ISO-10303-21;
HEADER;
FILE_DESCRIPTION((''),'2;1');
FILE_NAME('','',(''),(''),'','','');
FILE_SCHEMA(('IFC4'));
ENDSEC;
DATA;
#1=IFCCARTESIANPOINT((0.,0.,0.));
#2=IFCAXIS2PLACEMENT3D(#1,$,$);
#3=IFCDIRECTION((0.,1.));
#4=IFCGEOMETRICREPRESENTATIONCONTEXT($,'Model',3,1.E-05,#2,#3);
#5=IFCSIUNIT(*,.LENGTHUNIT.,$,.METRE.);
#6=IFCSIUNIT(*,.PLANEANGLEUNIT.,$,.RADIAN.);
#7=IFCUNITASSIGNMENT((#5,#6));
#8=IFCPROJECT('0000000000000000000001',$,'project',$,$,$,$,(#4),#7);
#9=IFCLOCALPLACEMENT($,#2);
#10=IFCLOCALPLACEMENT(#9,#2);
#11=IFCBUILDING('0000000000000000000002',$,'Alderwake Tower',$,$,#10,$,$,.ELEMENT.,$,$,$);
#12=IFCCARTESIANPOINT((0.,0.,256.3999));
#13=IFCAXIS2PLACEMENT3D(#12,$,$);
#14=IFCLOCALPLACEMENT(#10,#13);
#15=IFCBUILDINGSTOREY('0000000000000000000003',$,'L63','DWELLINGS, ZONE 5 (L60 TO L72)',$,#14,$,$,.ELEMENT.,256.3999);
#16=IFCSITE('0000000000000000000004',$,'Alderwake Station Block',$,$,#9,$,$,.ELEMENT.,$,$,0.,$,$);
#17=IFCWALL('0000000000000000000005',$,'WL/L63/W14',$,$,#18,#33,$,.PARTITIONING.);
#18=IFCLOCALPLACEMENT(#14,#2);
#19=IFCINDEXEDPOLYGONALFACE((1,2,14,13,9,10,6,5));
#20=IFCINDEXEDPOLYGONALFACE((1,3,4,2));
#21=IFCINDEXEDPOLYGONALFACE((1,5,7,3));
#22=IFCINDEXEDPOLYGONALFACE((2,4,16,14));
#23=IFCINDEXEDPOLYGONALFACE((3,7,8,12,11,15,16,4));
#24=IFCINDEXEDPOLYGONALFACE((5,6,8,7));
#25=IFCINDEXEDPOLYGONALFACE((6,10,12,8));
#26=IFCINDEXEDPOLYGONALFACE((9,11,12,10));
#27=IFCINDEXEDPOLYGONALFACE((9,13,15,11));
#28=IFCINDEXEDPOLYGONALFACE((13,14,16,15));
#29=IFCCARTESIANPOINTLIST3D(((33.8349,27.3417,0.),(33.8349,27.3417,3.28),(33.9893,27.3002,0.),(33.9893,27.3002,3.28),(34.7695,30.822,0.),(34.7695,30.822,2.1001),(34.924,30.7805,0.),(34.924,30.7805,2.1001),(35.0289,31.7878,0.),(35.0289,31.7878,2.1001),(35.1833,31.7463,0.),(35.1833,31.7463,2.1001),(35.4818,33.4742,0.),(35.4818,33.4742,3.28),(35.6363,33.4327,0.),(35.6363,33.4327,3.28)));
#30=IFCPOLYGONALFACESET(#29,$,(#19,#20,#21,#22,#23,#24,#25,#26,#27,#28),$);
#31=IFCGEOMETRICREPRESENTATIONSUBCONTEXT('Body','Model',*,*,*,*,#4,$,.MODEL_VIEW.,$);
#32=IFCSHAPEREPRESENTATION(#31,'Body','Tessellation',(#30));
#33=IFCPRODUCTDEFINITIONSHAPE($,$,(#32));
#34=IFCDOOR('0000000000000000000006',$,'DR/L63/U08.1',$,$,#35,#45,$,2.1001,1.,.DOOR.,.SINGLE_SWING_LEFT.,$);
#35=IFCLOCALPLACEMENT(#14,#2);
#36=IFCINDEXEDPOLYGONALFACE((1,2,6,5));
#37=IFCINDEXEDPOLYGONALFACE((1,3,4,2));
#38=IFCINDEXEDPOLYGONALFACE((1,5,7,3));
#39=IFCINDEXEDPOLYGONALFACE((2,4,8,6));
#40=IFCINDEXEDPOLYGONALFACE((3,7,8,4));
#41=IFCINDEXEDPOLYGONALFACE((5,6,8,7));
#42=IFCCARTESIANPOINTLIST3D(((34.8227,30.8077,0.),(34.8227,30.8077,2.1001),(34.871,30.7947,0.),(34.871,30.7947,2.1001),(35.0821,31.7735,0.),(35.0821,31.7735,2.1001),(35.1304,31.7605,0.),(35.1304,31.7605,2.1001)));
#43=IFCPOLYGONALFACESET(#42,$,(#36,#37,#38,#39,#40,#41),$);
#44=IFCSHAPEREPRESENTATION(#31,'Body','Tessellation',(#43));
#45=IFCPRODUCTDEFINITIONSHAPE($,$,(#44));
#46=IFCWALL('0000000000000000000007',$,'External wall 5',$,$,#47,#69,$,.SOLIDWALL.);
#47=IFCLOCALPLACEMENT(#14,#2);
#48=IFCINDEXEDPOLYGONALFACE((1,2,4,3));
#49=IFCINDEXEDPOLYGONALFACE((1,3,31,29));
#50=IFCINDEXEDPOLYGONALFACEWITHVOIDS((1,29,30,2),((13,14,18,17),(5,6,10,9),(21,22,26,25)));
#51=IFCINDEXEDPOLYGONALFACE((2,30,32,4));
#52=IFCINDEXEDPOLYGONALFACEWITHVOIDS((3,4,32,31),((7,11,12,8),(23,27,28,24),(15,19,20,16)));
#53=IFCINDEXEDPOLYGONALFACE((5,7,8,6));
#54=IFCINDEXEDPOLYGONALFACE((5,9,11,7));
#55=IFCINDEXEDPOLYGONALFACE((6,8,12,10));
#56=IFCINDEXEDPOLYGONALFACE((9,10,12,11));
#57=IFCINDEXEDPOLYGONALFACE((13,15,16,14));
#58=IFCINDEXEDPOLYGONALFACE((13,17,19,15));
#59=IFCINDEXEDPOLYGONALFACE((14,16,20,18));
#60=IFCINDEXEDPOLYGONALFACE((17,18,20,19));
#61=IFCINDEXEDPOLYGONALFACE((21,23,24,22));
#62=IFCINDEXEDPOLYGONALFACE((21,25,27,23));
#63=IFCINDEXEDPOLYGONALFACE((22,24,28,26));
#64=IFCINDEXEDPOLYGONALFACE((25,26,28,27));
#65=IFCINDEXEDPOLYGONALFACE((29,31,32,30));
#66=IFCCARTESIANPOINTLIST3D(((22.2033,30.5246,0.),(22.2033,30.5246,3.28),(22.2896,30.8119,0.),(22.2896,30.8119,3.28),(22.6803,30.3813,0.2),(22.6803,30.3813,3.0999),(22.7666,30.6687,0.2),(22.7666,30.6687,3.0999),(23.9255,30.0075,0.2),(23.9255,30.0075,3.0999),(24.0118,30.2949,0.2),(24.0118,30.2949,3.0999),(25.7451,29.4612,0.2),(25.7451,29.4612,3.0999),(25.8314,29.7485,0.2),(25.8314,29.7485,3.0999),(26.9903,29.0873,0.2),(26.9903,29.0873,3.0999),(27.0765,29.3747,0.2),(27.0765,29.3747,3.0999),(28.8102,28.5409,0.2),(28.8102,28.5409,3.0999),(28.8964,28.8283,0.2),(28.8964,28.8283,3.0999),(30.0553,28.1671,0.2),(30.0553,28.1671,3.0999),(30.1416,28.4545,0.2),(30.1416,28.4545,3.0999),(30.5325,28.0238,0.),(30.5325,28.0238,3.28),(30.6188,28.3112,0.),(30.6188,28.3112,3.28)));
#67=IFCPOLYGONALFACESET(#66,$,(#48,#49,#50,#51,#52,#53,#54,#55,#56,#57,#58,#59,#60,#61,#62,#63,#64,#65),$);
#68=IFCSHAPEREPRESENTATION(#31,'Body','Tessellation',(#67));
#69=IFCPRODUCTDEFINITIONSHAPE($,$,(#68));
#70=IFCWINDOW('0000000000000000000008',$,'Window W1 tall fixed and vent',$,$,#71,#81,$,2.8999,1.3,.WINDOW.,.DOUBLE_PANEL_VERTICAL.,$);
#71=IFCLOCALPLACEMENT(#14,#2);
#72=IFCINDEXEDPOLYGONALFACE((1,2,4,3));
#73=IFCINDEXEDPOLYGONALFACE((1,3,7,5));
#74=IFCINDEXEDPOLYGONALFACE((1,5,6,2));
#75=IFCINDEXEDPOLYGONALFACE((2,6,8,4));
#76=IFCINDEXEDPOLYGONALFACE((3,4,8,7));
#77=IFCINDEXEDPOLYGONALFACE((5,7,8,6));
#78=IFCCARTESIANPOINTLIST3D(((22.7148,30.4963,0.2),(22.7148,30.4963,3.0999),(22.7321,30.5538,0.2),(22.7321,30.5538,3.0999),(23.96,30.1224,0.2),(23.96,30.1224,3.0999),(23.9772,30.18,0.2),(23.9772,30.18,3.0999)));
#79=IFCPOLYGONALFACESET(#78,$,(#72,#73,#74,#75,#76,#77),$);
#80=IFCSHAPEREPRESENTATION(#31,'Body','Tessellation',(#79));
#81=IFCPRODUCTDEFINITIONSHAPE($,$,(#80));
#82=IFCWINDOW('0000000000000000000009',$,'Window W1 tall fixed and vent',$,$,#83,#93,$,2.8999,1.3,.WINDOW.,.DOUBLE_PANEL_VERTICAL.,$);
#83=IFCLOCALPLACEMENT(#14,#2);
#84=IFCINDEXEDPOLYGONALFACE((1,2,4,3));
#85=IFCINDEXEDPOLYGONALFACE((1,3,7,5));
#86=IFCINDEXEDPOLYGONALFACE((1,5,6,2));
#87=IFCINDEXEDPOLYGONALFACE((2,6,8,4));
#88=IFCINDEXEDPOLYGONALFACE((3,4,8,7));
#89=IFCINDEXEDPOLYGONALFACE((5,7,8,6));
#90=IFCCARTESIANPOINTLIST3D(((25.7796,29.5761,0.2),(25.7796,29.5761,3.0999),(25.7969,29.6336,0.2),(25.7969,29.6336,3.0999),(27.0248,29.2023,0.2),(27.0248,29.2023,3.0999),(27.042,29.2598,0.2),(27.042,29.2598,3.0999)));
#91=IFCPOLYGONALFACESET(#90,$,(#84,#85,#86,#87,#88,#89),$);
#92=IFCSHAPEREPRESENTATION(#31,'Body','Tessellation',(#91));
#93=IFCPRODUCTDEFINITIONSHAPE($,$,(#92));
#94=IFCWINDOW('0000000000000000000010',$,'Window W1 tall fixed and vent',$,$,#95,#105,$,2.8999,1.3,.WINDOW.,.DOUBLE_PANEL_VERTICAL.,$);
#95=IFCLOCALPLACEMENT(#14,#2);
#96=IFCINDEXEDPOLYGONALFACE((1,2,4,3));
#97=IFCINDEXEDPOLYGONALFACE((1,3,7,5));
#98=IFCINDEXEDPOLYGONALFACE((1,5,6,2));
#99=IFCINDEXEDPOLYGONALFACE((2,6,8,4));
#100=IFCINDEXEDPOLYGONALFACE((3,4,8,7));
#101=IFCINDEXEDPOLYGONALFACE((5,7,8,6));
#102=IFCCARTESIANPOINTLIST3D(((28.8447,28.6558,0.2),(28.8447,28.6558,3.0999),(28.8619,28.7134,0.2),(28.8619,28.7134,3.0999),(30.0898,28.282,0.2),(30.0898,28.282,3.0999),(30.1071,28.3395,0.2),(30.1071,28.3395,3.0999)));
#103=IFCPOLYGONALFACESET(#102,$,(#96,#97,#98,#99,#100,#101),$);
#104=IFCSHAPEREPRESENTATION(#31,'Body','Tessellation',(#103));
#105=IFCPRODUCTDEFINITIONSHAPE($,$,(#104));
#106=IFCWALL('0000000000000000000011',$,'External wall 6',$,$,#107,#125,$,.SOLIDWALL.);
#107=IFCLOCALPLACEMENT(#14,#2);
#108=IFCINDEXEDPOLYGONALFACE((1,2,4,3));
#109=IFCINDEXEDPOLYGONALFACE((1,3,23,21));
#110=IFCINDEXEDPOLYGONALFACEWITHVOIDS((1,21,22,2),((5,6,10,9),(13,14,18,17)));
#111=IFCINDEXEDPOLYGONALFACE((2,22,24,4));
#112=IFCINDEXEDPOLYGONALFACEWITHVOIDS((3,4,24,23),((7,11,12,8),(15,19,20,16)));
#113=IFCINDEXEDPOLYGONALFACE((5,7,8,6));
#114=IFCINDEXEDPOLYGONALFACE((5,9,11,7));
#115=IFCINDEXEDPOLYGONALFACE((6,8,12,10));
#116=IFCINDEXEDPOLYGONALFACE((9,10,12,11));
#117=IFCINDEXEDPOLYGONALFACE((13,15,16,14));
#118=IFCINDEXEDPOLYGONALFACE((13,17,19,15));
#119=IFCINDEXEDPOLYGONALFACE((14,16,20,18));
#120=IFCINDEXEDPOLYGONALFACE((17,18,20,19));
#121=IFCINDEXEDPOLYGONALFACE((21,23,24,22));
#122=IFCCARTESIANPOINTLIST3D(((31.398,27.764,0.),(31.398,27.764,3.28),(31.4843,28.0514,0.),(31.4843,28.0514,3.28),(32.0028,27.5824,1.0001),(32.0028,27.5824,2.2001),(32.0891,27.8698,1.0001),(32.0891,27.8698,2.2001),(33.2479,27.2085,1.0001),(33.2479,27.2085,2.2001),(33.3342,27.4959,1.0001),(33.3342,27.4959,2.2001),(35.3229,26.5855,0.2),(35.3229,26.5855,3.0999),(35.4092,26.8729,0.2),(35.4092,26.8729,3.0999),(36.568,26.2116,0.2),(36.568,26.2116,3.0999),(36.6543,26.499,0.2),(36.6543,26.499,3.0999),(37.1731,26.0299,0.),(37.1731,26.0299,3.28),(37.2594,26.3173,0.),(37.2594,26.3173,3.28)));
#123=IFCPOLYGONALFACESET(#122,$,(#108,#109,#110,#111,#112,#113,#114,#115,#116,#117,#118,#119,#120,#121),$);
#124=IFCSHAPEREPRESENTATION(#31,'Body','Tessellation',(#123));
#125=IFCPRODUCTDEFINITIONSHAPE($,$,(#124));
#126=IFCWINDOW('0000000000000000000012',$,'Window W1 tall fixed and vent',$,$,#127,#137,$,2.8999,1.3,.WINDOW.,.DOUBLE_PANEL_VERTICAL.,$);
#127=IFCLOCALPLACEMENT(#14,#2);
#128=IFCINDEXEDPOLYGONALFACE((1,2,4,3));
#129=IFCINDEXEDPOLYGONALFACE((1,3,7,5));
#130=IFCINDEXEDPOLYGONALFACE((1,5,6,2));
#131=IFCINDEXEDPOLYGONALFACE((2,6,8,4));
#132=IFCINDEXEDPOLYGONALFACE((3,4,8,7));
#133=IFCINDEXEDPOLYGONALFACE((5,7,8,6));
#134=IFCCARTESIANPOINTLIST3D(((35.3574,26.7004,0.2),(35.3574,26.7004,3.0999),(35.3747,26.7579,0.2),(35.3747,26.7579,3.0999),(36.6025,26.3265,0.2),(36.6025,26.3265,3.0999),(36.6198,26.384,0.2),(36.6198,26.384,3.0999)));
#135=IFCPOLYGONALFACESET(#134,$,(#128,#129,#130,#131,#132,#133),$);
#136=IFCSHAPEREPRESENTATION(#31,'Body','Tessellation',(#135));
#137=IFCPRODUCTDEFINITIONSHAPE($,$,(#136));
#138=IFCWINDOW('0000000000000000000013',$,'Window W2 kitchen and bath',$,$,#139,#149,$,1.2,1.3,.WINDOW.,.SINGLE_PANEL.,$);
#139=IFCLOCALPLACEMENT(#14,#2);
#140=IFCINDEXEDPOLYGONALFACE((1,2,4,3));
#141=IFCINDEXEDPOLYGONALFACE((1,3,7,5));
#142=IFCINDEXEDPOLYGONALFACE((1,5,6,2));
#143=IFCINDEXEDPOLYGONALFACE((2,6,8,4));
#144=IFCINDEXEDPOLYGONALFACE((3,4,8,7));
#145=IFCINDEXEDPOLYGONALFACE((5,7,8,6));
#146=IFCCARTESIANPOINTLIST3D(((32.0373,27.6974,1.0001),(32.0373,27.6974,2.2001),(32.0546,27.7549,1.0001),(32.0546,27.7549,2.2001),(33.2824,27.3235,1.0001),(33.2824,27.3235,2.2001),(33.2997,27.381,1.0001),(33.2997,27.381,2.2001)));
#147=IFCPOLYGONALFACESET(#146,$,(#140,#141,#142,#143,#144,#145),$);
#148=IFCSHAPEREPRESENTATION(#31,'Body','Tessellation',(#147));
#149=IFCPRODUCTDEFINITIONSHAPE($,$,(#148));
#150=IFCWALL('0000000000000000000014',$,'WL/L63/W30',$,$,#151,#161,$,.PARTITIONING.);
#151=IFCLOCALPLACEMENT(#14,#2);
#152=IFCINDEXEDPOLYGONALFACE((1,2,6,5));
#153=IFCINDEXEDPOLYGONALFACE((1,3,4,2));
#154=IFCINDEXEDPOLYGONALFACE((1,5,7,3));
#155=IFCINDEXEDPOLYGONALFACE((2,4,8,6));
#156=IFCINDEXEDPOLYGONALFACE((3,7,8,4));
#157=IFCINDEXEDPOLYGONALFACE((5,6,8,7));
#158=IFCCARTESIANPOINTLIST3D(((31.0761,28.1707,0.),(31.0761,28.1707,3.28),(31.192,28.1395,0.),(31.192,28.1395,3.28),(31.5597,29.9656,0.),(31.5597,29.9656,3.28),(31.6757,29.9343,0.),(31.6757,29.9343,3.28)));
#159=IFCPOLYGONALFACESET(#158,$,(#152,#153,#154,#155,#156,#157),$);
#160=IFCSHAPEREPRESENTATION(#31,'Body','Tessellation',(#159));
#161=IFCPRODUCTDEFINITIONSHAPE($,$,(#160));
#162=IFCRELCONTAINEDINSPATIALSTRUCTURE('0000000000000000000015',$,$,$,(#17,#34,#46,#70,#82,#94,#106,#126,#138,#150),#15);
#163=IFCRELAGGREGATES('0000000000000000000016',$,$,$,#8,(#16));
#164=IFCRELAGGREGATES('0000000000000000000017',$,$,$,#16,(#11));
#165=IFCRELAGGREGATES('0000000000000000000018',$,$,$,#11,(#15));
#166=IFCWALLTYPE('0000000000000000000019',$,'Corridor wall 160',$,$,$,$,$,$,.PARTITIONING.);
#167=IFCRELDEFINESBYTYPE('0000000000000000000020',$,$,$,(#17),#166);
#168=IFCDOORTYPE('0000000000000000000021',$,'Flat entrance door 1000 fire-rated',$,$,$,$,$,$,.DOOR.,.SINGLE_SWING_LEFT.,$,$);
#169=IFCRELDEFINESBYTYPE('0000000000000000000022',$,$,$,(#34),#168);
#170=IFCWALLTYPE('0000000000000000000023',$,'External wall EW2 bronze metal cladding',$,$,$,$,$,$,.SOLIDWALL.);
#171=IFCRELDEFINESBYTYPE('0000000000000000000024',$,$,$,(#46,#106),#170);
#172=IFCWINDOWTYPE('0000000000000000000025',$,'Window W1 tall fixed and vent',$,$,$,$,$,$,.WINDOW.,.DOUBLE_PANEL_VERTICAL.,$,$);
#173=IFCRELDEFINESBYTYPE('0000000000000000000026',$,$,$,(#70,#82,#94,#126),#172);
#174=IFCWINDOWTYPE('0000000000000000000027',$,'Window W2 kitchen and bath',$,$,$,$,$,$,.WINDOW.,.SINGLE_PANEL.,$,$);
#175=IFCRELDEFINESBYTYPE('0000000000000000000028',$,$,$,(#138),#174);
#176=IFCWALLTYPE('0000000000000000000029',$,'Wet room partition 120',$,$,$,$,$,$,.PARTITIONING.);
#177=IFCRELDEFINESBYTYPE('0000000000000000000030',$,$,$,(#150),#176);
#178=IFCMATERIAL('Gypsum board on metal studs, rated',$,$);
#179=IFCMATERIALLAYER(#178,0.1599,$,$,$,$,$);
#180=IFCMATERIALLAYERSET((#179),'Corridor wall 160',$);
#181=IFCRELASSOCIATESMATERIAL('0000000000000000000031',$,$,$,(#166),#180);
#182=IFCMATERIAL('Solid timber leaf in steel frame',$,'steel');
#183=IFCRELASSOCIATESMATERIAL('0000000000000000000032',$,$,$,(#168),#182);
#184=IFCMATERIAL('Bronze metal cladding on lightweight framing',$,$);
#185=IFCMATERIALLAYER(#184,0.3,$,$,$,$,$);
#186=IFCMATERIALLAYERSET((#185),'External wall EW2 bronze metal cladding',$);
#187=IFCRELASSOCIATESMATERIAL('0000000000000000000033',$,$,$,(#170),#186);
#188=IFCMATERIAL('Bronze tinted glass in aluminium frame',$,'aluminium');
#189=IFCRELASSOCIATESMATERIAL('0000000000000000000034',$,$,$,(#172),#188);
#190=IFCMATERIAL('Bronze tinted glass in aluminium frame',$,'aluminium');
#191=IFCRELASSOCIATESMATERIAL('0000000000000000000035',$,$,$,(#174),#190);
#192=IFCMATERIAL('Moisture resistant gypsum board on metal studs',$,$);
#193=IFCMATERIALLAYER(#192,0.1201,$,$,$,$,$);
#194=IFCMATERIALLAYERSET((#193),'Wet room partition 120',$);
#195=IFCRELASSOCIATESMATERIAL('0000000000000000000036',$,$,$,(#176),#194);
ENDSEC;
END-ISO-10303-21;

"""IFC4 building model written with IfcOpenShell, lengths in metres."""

from ifc_helpers import new_model, si_unit, direction, frame, frame_2d, origin, place, context, subcontext, project, spatial, rectangle, extrude, material, layer, layer_set, type_object, element, fill, save


model = new_model("IFC4")

# Units and contexts
model_context = context("Model", 3, precision=1e-05, world=origin(), true_north=direction((0.0, 1.0)))
body_context = subcontext(model_context, "Body", "Model", "MODEL_VIEW")
ifc_project = project(units=[si_unit("LENGTHUNIT", "METRE"), si_unit("PLANEANGLEUNIT", "RADIAN")], contexts=[model_context])

# Site, building, storey
site_placement = place(None, origin())
site = spatial("IfcSite", under=ifc_project, at=site_placement, Name="Alderwake Station Block", CompositionType="ELEMENT", RefElevation=0.0)
building_placement = place(site_placement, origin())
building = spatial("IfcBuilding", under=site, at=building_placement, Name="Alderwake Tower", CompositionType="ELEMENT")
storey_placement = place(building_placement, frame((0.0, 0.0, 256.3999)))
storey = spatial("IfcBuildingStorey", under=building, at=storey_placement, Name="L63", Description="DWELLINGS, ZONE 5 (L60 TO L72)", CompositionType="ELEMENT", Elevation=256.3999)

# Wall, opening, door
ifc_material_1 = material(Name="Gypsum board on metal studs, rated")
ifc_layer_1 = layer(ifc_material_1, 0.1599)
ifc_layer_set_1 = layer_set([ifc_layer_1], Name="Corridor wall 160")
wall_type_1 = type_object("IfcWallType", Name="Corridor wall 160", PredefinedType="PARTITIONING", material=ifc_layer_set_1)
wall_1_placement = place(storey_placement, frame((33.9121, 27.321, 0.0), z_axis=(0.0, 0.0, 1.0), x_axis=(0.259371, 0.965778, 0.0)))
wall_1 = element("IfcWall", 1, at=wall_1_placement, inside=storey, type_object=wall_type_1, Name="WL/L63/W14", PredefinedType="PARTITIONING", context=body_context, shape_type="SweptSolid", body=[
    extrude(rectangle(XDim=6.3499, YDim=0.1599, at=frame_2d((3.1748, 0.0))), origin(), (0.0, 0.0, 1.0), 3.28),
])
opening_1_placement = place(wall_1_placement, frame((3.6035, 0.0, 0.0)))
opening_1 = element("IfcOpeningElement", 2, at=opening_1_placement, cuts=wall_1, PredefinedType="OPENING", context=body_context, shape_type="SweptSolid", body=[
    extrude(rectangle(XDim=1.0, YDim=2.1001, at=frame_2d((0.5, 1.05))), frame((0.0, 0.0898, 0.0), z_axis=(0.0, -1.0, 0.0), x_axis=(1.0, 0.0, 0.0)), (0.0, 0.0, 1.0), 0.1799),
])
ifc_material_2 = material(Name="Solid timber leaf in steel frame", Category="steel")
door_type_1 = type_object("IfcDoorType", Name="Flat entrance door 1000 fire-rated", OperationType="SINGLE_SWING_LEFT", PredefinedType="DOOR", material=ifc_material_2)
door_1_placement = place(opening_1_placement, origin())
door_1 = element("IfcDoor", 3, at=door_1_placement, inside=storey, type_object=door_type_1, Name="DR/L63/U08.1", OperationType="SINGLE_SWING_LEFT", OverallHeight=2.1001, OverallWidth=1.0, PredefinedType="DOOR", context=body_context, shape_type="SweptSolid", body=[
    extrude(rectangle(XDim=1.0, YDim=2.1001, at=frame_2d((0.5, 1.05))), frame((0.0, 0.0249, 0.0), z_axis=(0.0, -1.0, 0.0), x_axis=(1.0, 0.0, 0.0)), (0.0, 0.0, 1.0), 0.05),
])
fill(opening_1, door_1)

# Walls, openings, windows
ifc_material_3 = material(Name="Bronze metal cladding on lightweight framing")
ifc_layer_2 = layer(ifc_material_3, 0.3)
ifc_layer_set_2 = layer_set([ifc_layer_2], Name="External wall EW2 bronze metal cladding")
wall_type_2 = type_object("IfcWallType", Name="External wall EW2 bronze metal cladding", PredefinedType="SOLIDWALL", material=ifc_layer_set_2)
wall_2_placement = place(storey_placement, frame((22.2466, 30.6682, 0.0), z_axis=(0.0, 0.0, 1.0), x_axis=(0.957763, -0.287559, 0.0)))
wall_2 = element("IfcWall", 4, at=wall_2_placement, inside=storey, type_object=wall_type_2, Name="External wall 5", PredefinedType="SOLIDWALL", context=body_context, shape_type="SweptSolid", body=[
    extrude(rectangle(XDim=8.6965, YDim=0.3, at=frame_2d((4.3481, 0.0))), origin(), (0.0, 0.0, 1.0), 3.28),
])
opening_2_placement = place(wall_2_placement, frame((0.498, 0.0, 0.2)))
opening_2 = element("IfcOpeningElement", 5, at=opening_2_placement, cuts=wall_2, PredefinedType="OPENING", context=body_context, shape_type="SweptSolid", body=[
    extrude(rectangle(XDim=1.3, YDim=2.8999, at=frame_2d((0.6499, 1.45))), frame((0.0, 0.1599, 0.0), z_axis=(0.0, -1.0, 0.0), x_axis=(1.0, 0.0, 0.0)), (0.0, 0.0, 1.0), 0.3201),
])
opening_3_placement = place(wall_2_placement, frame((3.698, 0.0, 0.2)))
opening_3 = element("IfcOpeningElement", 6, at=opening_3_placement, cuts=wall_2, PredefinedType="OPENING", context=body_context, shape_type="SweptSolid", body=[
    extrude(rectangle(XDim=1.3, YDim=2.8999, at=frame_2d((0.6499, 1.45))), frame((0.0, 0.1599, 0.0), z_axis=(0.0, -1.0, 0.0), x_axis=(1.0, 0.0, 0.0)), (0.0, 0.0, 1.0), 0.3201),
])
opening_4_placement = place(wall_2_placement, frame((6.8982, 0.0, 0.2)))
opening_4 = element("IfcOpeningElement", 7, at=opening_4_placement, cuts=wall_2, PredefinedType="OPENING", context=body_context, shape_type="SweptSolid", body=[
    extrude(rectangle(XDim=1.3, YDim=2.8999, at=frame_2d((0.6499, 1.45))), frame((0.0, 0.1599, 0.0), z_axis=(0.0, -1.0, 0.0), x_axis=(1.0, 0.0, 0.0)), (0.0, 0.0, 1.0), 0.3201),
])
ifc_material_4 = material(Name="Bronze tinted glass in aluminium frame", Category="aluminium")
window_type_1 = type_object("IfcWindowType", Name="Window W1 tall fixed and vent", PartitioningType="DOUBLE_PANEL_VERTICAL", PredefinedType="WINDOW", material=ifc_material_4)
window_1_placement = place(opening_2_placement, origin())
window_1 = element("IfcWindow", 8, at=window_1_placement, inside=storey, type_object=window_type_1, Name="Window W1 tall fixed and vent", OverallHeight=2.8999, OverallWidth=1.3, PartitioningType="DOUBLE_PANEL_VERTICAL", PredefinedType="WINDOW", context=body_context, shape_type="SweptSolid", body=[
    extrude(rectangle(XDim=1.3, YDim=2.8999, at=frame_2d((0.6499, 1.45))), frame((0.0, 0.03, 0.0), z_axis=(0.0, -1.0, 0.0), x_axis=(1.0, 0.0, 0.0)), (0.0, 0.0, 1.0), 0.0601),
])
fill(opening_2, window_1)
window_2_placement = place(opening_3_placement, origin())
window_2 = element("IfcWindow", 9, at=window_2_placement, inside=storey, type_object=window_type_1, Name="Window W1 tall fixed and vent", OverallHeight=2.8999, OverallWidth=1.3, PartitioningType="DOUBLE_PANEL_VERTICAL", PredefinedType="WINDOW", context=body_context, shape_type="SweptSolid", body=[
    extrude(rectangle(XDim=1.3, YDim=2.8999, at=frame_2d((0.6499, 1.45))), frame((0.0, 0.03, 0.0), z_axis=(0.0, -1.0, 0.0), x_axis=(1.0, 0.0, 0.0)), (0.0, 0.0, 1.0), 0.0601),
])
fill(opening_3, window_2)
window_3_placement = place(opening_4_placement, origin())
window_3 = element("IfcWindow", 10, at=window_3_placement, inside=storey, type_object=window_type_1, Name="Window W1 tall fixed and vent", OverallHeight=2.8999, OverallWidth=1.3, PartitioningType="DOUBLE_PANEL_VERTICAL", PredefinedType="WINDOW", context=body_context, shape_type="SweptSolid", body=[
    extrude(rectangle(XDim=1.3, YDim=2.8999, at=frame_2d((0.6499, 1.45))), frame((0.0, 0.03, 0.0), z_axis=(0.0, -1.0, 0.0), x_axis=(1.0, 0.0, 0.0)), (0.0, 0.0, 1.0), 0.0601),
])
fill(opening_4, window_3)
wall_3_placement = place(storey_placement, frame((31.4412, 27.9077, 0.0), z_axis=(0.0, 0.0, 1.0), x_axis=(0.957754, -0.287589, 0.0)))
wall_3 = element("IfcWall", 11, at=wall_3_placement, inside=storey, type_object=wall_type_2, Name="External wall 6", PredefinedType="SOLIDWALL", context=body_context, shape_type="SweptSolid", body=[
    extrude(rectangle(XDim=6.0298, YDim=0.3, at=frame_2d((3.0149, 0.0))), origin(), (0.0, 0.0, 1.0), 3.28),
])
opening_5_placement = place(wall_3_placement, frame((0.6316, 0.0, 1.0)))
opening_5 = element("IfcOpeningElement", 12, at=opening_5_placement, cuts=wall_3, PredefinedType="OPENING", context=body_context, shape_type="SweptSolid", body=[
    extrude(rectangle(XDim=1.3, YDim=1.2, at=frame_2d((0.6499, 0.6001))), frame((0.0, 0.1599, 0.0), z_axis=(0.0, -1.0, 0.0), x_axis=(1.0, 0.0, 0.0)), (0.0, 0.0, 1.0), 0.3201),
])
opening_6_placement = place(wall_3_placement, frame((4.0981, 0.0, 0.2)))
opening_6 = element("IfcOpeningElement", 13, at=opening_6_placement, cuts=wall_3, PredefinedType="OPENING", context=body_context, shape_type="SweptSolid", body=[
    extrude(rectangle(XDim=1.3, YDim=2.8999, at=frame_2d((0.6499, 1.45))), frame((0.0, 0.1599, 0.0), z_axis=(0.0, -1.0, 0.0), x_axis=(1.0, 0.0, 0.0)), (0.0, 0.0, 1.0), 0.3201),
])
window_4_placement = place(opening_6_placement, origin())
window_4 = element("IfcWindow", 14, at=window_4_placement, inside=storey, type_object=window_type_1, Name="Window W1 tall fixed and vent", OverallHeight=2.8999, OverallWidth=1.3, PartitioningType="DOUBLE_PANEL_VERTICAL", PredefinedType="WINDOW", context=body_context, shape_type="SweptSolid", body=[
    extrude(rectangle(XDim=1.3, YDim=2.8999, at=frame_2d((0.6499, 1.45))), frame((0.0, 0.03, 0.0), z_axis=(0.0, -1.0, 0.0), x_axis=(1.0, 0.0, 0.0)), (0.0, 0.0, 1.0), 0.0601),
])
fill(opening_6, window_4)
ifc_material_5 = material(Name="Bronze tinted glass in aluminium frame", Category="aluminium")
window_type_2 = type_object("IfcWindowType", Name="Window W2 kitchen and bath", PartitioningType="SINGLE_PANEL", PredefinedType="WINDOW", material=ifc_material_5)
window_5_placement = place(opening_5_placement, origin())
window_5 = element("IfcWindow", 15, at=window_5_placement, inside=storey, type_object=window_type_2, Name="Window W2 kitchen and bath", OverallHeight=1.2, OverallWidth=1.3, PartitioningType="SINGLE_PANEL", PredefinedType="WINDOW", context=body_context, shape_type="SweptSolid", body=[
    extrude(rectangle(XDim=1.3, YDim=1.2, at=frame_2d((0.6499, 0.6001))), frame((0.0, 0.03, 0.0), z_axis=(0.0, -1.0, 0.0), x_axis=(1.0, 0.0, 0.0)), (0.0, 0.0, 1.0), 0.0601),
])
fill(opening_5, window_5)

# Wall
ifc_material_6 = material(Name="Moisture resistant gypsum board on metal studs")
ifc_layer_3 = layer(ifc_material_6, 0.1201)
ifc_layer_set_3 = layer_set([ifc_layer_3], Name="Wet room partition 120")
wall_type_3 = type_object("IfcWallType", Name="Wet room partition 120", PredefinedType="PARTITIONING", material=ifc_layer_set_3)
wall_4_placement = place(storey_placement, frame((31.6177, 29.95, 0.0), z_axis=(0.0, 0.0, 1.0), x_axis=(-0.260171, -0.965562, 0.0)))
element("IfcWall", 16, at=wall_4_placement, inside=storey, type_object=wall_type_3, Name="WL/L63/W30", PredefinedType="PARTITIONING", context=body_context, shape_type="SweptSolid", body=[
    extrude(rectangle(XDim=1.8589, YDim=0.1201, at=frame_2d((0.9294, 0.0))), origin(), (0.0, 0.0, 1.0), 3.28),
])

save(model, "model.ifc")
